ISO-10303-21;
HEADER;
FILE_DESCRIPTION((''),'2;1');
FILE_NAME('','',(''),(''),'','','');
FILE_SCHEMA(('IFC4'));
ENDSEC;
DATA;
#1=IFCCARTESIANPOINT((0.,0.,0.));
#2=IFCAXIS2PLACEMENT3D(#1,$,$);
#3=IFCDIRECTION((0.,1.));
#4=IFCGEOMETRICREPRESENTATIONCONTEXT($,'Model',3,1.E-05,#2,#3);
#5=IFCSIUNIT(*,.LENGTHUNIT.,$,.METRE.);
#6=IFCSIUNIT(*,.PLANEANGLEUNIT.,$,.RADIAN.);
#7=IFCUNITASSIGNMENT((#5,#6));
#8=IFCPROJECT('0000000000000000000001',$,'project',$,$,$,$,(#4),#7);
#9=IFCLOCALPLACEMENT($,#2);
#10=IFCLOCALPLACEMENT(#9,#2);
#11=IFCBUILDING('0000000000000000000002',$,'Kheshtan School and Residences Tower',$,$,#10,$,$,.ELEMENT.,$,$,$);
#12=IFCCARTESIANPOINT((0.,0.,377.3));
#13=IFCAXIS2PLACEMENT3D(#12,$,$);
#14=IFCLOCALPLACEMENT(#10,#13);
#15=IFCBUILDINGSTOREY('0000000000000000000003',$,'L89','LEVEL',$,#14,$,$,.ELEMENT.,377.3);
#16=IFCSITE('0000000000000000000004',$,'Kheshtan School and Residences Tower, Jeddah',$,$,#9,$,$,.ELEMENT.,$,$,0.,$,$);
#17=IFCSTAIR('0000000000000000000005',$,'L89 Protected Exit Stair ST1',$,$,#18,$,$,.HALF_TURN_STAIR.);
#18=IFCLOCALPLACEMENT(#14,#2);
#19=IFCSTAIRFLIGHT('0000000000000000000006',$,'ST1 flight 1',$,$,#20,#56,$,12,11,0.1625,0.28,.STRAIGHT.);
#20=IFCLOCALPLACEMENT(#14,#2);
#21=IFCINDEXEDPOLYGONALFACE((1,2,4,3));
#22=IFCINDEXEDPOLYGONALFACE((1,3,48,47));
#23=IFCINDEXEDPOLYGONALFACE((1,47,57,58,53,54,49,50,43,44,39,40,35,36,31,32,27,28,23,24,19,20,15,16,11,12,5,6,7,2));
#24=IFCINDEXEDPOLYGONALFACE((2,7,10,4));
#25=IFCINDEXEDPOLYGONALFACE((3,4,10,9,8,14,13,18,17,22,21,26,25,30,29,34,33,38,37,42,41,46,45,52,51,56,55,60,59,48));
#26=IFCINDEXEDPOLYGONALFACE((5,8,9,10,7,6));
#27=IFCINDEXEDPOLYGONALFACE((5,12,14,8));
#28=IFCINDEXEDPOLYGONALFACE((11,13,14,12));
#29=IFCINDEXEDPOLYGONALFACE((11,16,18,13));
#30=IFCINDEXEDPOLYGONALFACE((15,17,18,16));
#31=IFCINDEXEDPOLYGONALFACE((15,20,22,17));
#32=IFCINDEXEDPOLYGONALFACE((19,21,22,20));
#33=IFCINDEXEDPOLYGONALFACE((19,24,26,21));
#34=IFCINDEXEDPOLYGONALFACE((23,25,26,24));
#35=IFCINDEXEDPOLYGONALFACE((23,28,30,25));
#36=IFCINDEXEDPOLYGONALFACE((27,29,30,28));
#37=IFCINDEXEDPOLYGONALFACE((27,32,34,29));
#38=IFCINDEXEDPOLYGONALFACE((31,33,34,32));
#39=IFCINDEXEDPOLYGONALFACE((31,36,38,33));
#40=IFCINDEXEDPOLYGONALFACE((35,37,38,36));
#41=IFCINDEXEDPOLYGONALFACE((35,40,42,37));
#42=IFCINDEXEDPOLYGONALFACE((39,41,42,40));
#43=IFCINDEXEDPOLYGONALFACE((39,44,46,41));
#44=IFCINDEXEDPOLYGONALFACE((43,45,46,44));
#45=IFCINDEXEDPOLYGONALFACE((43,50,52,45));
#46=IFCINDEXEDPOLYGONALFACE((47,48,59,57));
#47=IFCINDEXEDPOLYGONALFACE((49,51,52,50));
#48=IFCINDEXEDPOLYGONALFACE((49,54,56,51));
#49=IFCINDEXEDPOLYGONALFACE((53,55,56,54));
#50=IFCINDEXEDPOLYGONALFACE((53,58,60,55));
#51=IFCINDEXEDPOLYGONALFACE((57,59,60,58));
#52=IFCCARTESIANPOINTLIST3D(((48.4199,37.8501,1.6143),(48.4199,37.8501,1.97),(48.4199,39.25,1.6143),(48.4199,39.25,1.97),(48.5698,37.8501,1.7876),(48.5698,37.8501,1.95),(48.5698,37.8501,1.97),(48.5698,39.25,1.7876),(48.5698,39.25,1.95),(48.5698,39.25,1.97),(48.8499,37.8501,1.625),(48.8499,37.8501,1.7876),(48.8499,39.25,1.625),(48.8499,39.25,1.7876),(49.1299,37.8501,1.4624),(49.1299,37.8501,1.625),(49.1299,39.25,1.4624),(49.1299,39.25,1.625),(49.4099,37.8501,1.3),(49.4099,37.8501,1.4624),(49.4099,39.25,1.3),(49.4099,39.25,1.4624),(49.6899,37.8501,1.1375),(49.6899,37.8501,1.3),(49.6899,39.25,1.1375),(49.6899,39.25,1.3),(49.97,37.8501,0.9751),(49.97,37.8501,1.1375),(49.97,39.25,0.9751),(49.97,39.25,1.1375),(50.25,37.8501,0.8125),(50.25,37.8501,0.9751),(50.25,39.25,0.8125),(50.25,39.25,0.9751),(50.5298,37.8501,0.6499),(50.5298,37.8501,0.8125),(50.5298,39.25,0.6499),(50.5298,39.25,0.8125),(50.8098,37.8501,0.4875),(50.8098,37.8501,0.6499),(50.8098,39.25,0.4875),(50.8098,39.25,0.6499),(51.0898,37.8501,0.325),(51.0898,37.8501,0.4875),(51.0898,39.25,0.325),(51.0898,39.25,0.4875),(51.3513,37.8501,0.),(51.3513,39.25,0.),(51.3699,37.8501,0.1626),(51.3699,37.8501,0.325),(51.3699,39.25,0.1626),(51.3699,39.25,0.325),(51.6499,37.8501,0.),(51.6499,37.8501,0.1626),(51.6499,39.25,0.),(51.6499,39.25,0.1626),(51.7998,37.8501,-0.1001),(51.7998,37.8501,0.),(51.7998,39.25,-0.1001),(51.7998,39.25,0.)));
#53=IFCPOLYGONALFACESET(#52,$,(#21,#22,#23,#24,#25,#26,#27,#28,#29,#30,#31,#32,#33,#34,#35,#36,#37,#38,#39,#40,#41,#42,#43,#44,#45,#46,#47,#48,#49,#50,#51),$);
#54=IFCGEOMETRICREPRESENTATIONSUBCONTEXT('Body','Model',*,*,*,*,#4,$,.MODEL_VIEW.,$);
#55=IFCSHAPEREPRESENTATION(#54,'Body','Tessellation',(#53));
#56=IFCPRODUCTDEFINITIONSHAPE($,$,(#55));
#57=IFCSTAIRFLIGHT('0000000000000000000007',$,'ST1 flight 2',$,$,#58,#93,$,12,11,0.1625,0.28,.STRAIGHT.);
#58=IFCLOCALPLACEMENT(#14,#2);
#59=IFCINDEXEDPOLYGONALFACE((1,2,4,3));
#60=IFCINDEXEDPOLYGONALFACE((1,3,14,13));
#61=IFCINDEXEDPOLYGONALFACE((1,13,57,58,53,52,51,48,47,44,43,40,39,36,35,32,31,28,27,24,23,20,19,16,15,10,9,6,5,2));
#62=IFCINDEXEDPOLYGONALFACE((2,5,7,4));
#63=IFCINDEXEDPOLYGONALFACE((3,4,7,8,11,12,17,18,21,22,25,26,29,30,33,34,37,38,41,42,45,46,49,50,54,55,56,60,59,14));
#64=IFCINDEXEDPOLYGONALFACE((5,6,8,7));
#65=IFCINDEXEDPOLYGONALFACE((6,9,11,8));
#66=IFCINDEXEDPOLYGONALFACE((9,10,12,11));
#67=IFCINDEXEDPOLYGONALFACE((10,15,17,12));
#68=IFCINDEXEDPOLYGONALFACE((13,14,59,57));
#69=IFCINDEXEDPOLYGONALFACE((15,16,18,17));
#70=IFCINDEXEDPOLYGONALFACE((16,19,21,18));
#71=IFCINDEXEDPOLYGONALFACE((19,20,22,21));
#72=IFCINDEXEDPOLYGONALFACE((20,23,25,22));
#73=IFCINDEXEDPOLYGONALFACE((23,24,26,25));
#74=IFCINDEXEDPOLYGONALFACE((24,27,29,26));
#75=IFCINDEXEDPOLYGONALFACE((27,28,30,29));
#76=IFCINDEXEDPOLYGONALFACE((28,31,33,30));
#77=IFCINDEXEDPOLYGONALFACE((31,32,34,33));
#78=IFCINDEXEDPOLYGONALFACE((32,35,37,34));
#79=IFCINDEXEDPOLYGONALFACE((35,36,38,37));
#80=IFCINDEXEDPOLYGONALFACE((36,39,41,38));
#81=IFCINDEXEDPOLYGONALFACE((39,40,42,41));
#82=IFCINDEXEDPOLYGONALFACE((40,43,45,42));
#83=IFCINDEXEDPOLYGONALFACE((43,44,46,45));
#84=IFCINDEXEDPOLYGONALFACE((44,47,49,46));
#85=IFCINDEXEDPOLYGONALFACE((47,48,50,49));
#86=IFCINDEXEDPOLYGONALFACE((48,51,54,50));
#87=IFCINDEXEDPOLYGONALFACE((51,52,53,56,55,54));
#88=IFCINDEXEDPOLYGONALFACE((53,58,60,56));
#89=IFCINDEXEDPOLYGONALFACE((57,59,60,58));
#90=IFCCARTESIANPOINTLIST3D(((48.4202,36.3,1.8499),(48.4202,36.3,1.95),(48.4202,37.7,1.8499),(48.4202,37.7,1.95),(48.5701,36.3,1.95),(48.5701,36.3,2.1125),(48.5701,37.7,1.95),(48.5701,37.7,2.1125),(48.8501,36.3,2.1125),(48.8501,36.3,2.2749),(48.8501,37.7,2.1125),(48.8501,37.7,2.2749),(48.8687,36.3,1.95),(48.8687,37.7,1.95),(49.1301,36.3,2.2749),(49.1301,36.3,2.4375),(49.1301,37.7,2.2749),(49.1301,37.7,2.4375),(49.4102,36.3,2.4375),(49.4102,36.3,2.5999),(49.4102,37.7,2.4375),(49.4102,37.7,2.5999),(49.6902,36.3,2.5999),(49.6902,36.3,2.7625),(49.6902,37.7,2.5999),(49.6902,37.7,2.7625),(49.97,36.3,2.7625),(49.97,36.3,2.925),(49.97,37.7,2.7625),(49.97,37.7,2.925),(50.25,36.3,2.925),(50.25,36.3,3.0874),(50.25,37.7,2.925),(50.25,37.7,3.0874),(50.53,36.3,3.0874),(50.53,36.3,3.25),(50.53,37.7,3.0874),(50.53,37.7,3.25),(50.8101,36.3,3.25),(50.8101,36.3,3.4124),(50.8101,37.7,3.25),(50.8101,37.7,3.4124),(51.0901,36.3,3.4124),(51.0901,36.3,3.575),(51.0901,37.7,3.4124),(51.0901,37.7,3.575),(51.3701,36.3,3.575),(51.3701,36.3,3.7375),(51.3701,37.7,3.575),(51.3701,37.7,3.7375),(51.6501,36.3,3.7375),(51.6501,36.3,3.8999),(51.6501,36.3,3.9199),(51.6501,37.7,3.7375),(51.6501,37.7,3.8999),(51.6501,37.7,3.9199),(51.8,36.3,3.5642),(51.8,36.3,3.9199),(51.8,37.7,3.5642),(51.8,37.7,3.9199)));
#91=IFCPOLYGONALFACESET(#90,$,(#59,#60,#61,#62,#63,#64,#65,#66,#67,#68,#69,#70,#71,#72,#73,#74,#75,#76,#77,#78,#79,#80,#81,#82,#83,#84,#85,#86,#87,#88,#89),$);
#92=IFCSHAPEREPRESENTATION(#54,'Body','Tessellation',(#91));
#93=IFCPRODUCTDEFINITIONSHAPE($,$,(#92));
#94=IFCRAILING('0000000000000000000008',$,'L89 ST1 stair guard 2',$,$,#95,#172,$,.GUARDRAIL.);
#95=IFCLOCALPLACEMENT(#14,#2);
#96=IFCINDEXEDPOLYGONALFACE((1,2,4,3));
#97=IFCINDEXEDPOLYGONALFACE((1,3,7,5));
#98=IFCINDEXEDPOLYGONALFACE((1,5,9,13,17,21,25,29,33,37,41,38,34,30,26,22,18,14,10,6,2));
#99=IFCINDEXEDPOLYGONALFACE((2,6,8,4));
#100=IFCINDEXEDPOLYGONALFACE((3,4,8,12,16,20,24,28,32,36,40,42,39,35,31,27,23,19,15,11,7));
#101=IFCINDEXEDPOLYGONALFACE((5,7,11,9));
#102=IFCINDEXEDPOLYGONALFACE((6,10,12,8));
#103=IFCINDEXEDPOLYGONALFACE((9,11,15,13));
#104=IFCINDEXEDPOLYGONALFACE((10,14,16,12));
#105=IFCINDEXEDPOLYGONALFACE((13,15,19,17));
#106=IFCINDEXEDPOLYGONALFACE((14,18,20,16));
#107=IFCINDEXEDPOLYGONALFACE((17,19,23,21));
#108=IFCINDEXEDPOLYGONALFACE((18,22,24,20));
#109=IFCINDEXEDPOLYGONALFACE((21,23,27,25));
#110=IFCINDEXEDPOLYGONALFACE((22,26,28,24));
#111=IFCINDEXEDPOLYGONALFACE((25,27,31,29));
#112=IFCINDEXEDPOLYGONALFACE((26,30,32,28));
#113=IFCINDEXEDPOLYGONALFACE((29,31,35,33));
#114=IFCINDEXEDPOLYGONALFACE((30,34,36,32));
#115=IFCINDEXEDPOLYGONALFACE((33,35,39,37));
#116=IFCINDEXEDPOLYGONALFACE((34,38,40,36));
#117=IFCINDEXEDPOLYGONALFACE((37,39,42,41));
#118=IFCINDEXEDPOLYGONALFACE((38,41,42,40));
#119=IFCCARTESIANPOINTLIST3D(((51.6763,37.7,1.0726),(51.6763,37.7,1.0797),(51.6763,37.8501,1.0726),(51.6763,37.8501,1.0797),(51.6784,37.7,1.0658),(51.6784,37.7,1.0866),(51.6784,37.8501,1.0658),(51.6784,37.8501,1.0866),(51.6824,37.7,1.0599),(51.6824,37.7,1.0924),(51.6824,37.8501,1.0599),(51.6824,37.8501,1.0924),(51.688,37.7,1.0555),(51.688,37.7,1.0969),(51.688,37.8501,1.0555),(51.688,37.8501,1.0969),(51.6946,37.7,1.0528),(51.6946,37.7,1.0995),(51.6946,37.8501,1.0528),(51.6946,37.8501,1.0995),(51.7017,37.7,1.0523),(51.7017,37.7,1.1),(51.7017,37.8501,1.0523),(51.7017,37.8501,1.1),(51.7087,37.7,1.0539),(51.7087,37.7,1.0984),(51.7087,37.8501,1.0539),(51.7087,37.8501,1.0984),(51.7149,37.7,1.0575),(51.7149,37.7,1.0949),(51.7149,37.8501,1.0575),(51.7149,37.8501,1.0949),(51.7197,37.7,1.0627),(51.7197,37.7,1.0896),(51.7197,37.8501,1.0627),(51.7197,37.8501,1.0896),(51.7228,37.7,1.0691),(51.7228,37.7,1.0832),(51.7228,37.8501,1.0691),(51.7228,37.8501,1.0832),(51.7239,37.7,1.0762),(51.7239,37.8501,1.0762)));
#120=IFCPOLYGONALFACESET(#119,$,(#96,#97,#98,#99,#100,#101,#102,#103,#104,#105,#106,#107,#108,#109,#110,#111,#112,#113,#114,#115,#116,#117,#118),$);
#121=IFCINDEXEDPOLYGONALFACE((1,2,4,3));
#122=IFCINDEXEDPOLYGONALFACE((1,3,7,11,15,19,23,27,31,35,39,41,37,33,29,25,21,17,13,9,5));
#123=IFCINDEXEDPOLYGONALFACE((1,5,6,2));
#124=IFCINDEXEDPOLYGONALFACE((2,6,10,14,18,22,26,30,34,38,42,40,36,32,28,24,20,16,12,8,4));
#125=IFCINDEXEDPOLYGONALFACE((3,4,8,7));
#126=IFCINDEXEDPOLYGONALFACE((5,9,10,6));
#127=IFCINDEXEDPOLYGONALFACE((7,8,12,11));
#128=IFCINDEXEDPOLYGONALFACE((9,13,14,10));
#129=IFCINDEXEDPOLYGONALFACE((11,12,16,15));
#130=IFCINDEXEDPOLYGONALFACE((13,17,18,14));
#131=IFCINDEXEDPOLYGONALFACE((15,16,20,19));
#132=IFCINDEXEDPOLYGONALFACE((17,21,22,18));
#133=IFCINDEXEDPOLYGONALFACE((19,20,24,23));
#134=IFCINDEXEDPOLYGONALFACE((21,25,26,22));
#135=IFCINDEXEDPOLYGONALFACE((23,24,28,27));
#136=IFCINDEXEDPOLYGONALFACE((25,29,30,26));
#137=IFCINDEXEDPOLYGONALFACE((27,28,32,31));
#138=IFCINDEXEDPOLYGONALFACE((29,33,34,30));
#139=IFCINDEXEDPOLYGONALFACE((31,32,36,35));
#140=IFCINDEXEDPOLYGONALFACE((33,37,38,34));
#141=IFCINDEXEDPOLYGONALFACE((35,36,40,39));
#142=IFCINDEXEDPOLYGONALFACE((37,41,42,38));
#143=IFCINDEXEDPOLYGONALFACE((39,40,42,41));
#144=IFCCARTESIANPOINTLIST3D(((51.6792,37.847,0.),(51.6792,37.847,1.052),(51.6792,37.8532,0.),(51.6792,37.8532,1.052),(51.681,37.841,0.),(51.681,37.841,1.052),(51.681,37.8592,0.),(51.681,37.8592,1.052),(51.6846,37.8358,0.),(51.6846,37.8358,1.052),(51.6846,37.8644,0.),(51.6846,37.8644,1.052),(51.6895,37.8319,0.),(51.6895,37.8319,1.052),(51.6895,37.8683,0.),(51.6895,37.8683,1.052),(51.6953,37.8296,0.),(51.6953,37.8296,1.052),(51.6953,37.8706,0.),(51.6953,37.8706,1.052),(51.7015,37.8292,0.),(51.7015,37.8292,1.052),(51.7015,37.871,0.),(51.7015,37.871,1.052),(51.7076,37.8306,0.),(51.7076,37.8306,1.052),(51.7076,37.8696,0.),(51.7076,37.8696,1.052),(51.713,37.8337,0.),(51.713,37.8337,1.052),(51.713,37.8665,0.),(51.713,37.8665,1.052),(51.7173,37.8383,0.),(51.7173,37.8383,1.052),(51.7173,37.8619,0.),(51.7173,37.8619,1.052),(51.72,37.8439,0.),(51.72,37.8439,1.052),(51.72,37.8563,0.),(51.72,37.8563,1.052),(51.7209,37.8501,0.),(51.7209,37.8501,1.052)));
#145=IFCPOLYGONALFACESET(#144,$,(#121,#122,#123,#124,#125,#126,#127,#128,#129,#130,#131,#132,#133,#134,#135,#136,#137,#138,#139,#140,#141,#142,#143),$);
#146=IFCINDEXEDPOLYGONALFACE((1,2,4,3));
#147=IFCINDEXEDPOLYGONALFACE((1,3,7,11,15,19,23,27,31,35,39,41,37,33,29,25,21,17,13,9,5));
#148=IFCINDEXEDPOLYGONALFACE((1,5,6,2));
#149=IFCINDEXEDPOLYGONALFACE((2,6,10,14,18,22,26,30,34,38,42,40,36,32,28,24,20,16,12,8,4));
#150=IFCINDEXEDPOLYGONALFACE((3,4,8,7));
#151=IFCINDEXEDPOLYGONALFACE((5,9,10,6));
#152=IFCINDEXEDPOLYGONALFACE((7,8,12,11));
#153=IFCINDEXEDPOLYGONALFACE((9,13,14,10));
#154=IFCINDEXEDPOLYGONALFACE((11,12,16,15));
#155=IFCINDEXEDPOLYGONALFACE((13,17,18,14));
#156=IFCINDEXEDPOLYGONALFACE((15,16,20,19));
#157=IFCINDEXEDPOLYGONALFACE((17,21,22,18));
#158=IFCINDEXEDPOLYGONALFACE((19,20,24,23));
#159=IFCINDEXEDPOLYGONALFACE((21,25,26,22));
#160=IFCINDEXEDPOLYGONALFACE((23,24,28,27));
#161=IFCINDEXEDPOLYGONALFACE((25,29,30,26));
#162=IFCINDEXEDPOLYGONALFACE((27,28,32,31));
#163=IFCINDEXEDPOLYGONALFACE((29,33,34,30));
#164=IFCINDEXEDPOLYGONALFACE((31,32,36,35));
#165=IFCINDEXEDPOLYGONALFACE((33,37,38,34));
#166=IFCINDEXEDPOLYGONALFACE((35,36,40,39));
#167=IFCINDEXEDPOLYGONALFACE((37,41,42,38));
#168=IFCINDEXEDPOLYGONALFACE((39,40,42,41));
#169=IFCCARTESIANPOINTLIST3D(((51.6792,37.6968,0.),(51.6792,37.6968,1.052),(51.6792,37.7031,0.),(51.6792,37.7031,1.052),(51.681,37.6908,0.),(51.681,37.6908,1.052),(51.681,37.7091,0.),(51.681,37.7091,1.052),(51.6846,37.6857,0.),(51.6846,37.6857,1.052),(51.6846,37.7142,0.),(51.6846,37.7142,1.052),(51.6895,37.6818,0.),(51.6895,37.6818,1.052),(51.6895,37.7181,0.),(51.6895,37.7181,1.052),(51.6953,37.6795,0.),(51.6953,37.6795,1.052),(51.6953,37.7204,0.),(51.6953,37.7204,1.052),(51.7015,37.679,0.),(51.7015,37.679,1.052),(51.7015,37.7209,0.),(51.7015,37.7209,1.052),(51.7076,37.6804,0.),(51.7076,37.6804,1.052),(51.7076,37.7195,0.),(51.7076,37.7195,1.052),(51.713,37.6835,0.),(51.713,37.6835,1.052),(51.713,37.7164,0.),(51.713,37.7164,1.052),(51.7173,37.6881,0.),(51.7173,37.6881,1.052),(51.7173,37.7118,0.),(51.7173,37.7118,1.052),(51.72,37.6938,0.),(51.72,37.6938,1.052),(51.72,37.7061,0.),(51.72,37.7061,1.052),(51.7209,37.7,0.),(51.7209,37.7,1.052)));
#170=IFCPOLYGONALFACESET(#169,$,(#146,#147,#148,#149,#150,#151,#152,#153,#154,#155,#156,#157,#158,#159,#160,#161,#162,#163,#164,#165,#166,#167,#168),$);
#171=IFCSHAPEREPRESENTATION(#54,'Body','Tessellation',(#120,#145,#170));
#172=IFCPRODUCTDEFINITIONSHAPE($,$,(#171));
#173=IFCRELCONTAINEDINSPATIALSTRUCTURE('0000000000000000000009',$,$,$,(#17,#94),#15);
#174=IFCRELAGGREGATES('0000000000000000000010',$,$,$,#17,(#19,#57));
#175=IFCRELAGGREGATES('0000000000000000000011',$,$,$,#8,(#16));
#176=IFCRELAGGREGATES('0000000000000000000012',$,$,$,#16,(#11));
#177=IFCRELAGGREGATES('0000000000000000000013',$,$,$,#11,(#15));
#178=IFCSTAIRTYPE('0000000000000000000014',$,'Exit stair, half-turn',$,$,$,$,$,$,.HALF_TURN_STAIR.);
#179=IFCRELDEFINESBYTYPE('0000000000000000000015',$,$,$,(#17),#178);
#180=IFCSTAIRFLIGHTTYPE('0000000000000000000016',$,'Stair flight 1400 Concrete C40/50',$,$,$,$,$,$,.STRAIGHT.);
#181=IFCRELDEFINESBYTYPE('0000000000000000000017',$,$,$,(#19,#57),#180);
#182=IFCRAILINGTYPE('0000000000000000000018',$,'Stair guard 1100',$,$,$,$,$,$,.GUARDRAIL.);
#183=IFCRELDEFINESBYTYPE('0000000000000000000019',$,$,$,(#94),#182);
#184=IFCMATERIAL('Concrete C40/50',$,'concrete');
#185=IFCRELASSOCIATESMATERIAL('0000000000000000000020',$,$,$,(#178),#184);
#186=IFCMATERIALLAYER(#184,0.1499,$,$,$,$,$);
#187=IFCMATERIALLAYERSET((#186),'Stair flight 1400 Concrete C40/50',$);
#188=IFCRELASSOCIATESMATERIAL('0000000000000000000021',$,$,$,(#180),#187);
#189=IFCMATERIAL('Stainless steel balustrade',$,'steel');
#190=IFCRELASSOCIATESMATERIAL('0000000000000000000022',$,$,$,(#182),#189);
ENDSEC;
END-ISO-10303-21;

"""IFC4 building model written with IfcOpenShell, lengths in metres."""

from ifc_helpers import new_model, si_unit, direction, frame, origin, origin_2d, place, context, subcontext, project, spatial, polyline, circle, outline, extrude, material, layer, layer_set, type_object, element, aggregate, save


model = new_model("IFC4")

# Units and contexts
model_context = context("Model", 3, precision=1e-05, world=origin(), true_north=direction((0.0, 1.0)))
body_context = subcontext(model_context, "Body", "Model", "MODEL_VIEW")
ifc_project = project(units=[si_unit("LENGTHUNIT", "METRE"), si_unit("PLANEANGLEUNIT", "RADIAN")], contexts=[model_context])

# Site, building, storey
site_placement = place(None, origin())
site = spatial("IfcSite", under=ifc_project, at=site_placement, Name="Kheshtan School and Residences Tower, Jeddah", CompositionType="ELEMENT", RefElevation=0.0)
building_placement = place(site_placement, origin())
building = spatial("IfcBuilding", under=site, at=building_placement, Name="Kheshtan School and Residences Tower", CompositionType="ELEMENT")
storey_placement = place(building_placement, frame((0.0, 0.0, 377.3)))
storey = spatial("IfcBuildingStorey", under=building, at=storey_placement, Name="L89", Description="LEVEL", CompositionType="ELEMENT", Elevation=377.3)

# Shared definitions
ifc_material_1 = material(Name="Concrete C40/50", Category="concrete")

# Stair, stair flights
stair_type = type_object("IfcStairType", Name="Exit stair, half-turn", PredefinedType="HALF_TURN_STAIR", material=ifc_material_1)
stair_placement = place(storey_placement, origin())
stair = element("IfcStair", 1, at=stair_placement, inside=storey, type_object=stair_type, Name="L89 Protected Exit Stair ST1", PredefinedType="HALF_TURN_STAIR")
ifc_layer_1 = layer(ifc_material_1, 0.1499)
ifc_layer_set_1 = layer_set([ifc_layer_1], Name="Stair flight 1400 Concrete C40/50")
stair_flight_type = type_object("IfcStairFlightType", Name="Stair flight 1400 Concrete C40/50", PredefinedType="STRAIGHT", material=ifc_layer_set_1)
stair_flight_1_placement = place(storey_placement, frame((51.6499, 38.55, 0.0), z_axis=(0.0, 0.0, 1.0), x_axis=(-1.0, 0.0, 0.0)))
stair_flight_1 = element("IfcStairFlight", 2, at=stair_flight_1_placement, type_object=stair_flight_type, Name="ST1 flight 1", NumberOfRisers=12, NumberOfTreads=11, PredefinedType="STRAIGHT", RiserHeight=0.1625, TreadLength=0.28, context=body_context, shape_type="SweptSolid", body=[
    extrude(outline(polyline([(-0.1499, -0.1001), (-0.1499, 0.0), (0.0, 0.0), (0.0, 0.1626), (0.28, 0.1626), (0.28, 0.325), (0.5601, 0.325), (0.5601, 0.4875), (0.8401, 0.4875), (0.8401, 0.6499), (1.1201, 0.6499), (1.1201, 0.8125), (1.3999, 0.8125), (1.3999, 0.9751), (1.6799, 0.9751), (1.6799, 1.1375), (1.96, 1.1375), (1.96, 1.3), (2.24, 1.3), (2.24, 1.4624), (2.52, 1.4624), (2.52, 1.625), (2.8, 1.625), (2.8, 1.7876), (3.0801, 1.7876), (3.0801, 1.95), (3.0801, 1.97), (3.23, 1.97), (3.23, 1.6143), (0.2986, 0.0), (-0.1499, -0.1001)])), frame((0.0, 0.7, 0.0), z_axis=(0.0, -1.0, 0.0), x_axis=(1.0, 0.0, 0.0)), (0.0, 0.0, 1.0), 1.3999),
])
stair_flight_2_placement = place(storey_placement, frame((48.5701, 37.0, 1.95), z_axis=(0.0, 0.0, 1.0), x_axis=(1.0, 0.0, 0.0)))
stair_flight_2 = element("IfcStairFlight", 3, at=stair_flight_2_placement, type_object=stair_flight_type, Name="ST1 flight 2", NumberOfRisers=12, NumberOfTreads=11, PredefinedType="STRAIGHT", RiserHeight=0.1625, TreadLength=0.28, context=body_context, shape_type="SweptSolid", body=[
    extrude(outline(polyline([(-0.1499, -0.1001), (-0.1499, 0.0), (0.0, 0.0), (0.0, 0.1626), (0.28, 0.1626), (0.28, 0.325), (0.5601, 0.325), (0.5601, 0.4875), (0.8401, 0.4875), (0.8401, 0.6499), (1.1201, 0.6499), (1.1201, 0.8125), (1.3999, 0.8125), (1.3999, 0.9751), (1.6799, 0.9751), (1.6799, 1.1375), (1.96, 1.1375), (1.96, 1.3), (2.24, 1.3), (2.24, 1.4624), (2.52, 1.4624), (2.52, 1.625), (2.8, 1.625), (2.8, 1.7876), (3.0801, 1.7876), (3.0801, 1.95), (3.0801, 1.97), (3.23, 1.97), (3.23, 1.6143), (0.2986, 0.0), (-0.1499, -0.1001)])), frame((0.0, 0.7, 0.0), z_axis=(0.0, -1.0, 0.0), x_axis=(1.0, 0.0, 0.0)), (0.0, 0.0, 1.0), 1.3999),
])
aggregate(stair, [stair_flight_1, stair_flight_2])

# Railing
ifc_material_2 = material(Name="Stainless steel balustrade", Category="steel")
railing_type_1 = type_object("IfcRailingType", Name="Stair guard 1100", PredefinedType="GUARDRAIL", material=ifc_material_2)
railing_1_placement = place(storey_placement, frame((51.7, 37.8501, 0.0)))
element("IfcRailing", 4, at=railing_1_placement, inside=storey, type_object=railing_type_1, Name="L89 ST1 stair guard 2", PredefinedType="GUARDRAIL", context=body_context, shape_type="SweptSolid", body=[
    extrude(circle(Radius=0.0239, at=origin_2d()), frame((0.0, 0.0, 1.0762), z_axis=(0.0, -1.0, 0.0), x_axis=(1.0, 0.0, 0.0)), (0.0, 0.0, 1.0), 0.1501),
    extrude(circle(Radius=0.021, at=origin_2d()), origin(), (0.0, 0.0, 1.0), 1.052),
    extrude(circle(Radius=0.021, at=origin_2d()), frame((0.0, -0.1501, 0.0)), (0.0, 0.0, 1.0), 1.052),
])

save(model, "model.ifc")
